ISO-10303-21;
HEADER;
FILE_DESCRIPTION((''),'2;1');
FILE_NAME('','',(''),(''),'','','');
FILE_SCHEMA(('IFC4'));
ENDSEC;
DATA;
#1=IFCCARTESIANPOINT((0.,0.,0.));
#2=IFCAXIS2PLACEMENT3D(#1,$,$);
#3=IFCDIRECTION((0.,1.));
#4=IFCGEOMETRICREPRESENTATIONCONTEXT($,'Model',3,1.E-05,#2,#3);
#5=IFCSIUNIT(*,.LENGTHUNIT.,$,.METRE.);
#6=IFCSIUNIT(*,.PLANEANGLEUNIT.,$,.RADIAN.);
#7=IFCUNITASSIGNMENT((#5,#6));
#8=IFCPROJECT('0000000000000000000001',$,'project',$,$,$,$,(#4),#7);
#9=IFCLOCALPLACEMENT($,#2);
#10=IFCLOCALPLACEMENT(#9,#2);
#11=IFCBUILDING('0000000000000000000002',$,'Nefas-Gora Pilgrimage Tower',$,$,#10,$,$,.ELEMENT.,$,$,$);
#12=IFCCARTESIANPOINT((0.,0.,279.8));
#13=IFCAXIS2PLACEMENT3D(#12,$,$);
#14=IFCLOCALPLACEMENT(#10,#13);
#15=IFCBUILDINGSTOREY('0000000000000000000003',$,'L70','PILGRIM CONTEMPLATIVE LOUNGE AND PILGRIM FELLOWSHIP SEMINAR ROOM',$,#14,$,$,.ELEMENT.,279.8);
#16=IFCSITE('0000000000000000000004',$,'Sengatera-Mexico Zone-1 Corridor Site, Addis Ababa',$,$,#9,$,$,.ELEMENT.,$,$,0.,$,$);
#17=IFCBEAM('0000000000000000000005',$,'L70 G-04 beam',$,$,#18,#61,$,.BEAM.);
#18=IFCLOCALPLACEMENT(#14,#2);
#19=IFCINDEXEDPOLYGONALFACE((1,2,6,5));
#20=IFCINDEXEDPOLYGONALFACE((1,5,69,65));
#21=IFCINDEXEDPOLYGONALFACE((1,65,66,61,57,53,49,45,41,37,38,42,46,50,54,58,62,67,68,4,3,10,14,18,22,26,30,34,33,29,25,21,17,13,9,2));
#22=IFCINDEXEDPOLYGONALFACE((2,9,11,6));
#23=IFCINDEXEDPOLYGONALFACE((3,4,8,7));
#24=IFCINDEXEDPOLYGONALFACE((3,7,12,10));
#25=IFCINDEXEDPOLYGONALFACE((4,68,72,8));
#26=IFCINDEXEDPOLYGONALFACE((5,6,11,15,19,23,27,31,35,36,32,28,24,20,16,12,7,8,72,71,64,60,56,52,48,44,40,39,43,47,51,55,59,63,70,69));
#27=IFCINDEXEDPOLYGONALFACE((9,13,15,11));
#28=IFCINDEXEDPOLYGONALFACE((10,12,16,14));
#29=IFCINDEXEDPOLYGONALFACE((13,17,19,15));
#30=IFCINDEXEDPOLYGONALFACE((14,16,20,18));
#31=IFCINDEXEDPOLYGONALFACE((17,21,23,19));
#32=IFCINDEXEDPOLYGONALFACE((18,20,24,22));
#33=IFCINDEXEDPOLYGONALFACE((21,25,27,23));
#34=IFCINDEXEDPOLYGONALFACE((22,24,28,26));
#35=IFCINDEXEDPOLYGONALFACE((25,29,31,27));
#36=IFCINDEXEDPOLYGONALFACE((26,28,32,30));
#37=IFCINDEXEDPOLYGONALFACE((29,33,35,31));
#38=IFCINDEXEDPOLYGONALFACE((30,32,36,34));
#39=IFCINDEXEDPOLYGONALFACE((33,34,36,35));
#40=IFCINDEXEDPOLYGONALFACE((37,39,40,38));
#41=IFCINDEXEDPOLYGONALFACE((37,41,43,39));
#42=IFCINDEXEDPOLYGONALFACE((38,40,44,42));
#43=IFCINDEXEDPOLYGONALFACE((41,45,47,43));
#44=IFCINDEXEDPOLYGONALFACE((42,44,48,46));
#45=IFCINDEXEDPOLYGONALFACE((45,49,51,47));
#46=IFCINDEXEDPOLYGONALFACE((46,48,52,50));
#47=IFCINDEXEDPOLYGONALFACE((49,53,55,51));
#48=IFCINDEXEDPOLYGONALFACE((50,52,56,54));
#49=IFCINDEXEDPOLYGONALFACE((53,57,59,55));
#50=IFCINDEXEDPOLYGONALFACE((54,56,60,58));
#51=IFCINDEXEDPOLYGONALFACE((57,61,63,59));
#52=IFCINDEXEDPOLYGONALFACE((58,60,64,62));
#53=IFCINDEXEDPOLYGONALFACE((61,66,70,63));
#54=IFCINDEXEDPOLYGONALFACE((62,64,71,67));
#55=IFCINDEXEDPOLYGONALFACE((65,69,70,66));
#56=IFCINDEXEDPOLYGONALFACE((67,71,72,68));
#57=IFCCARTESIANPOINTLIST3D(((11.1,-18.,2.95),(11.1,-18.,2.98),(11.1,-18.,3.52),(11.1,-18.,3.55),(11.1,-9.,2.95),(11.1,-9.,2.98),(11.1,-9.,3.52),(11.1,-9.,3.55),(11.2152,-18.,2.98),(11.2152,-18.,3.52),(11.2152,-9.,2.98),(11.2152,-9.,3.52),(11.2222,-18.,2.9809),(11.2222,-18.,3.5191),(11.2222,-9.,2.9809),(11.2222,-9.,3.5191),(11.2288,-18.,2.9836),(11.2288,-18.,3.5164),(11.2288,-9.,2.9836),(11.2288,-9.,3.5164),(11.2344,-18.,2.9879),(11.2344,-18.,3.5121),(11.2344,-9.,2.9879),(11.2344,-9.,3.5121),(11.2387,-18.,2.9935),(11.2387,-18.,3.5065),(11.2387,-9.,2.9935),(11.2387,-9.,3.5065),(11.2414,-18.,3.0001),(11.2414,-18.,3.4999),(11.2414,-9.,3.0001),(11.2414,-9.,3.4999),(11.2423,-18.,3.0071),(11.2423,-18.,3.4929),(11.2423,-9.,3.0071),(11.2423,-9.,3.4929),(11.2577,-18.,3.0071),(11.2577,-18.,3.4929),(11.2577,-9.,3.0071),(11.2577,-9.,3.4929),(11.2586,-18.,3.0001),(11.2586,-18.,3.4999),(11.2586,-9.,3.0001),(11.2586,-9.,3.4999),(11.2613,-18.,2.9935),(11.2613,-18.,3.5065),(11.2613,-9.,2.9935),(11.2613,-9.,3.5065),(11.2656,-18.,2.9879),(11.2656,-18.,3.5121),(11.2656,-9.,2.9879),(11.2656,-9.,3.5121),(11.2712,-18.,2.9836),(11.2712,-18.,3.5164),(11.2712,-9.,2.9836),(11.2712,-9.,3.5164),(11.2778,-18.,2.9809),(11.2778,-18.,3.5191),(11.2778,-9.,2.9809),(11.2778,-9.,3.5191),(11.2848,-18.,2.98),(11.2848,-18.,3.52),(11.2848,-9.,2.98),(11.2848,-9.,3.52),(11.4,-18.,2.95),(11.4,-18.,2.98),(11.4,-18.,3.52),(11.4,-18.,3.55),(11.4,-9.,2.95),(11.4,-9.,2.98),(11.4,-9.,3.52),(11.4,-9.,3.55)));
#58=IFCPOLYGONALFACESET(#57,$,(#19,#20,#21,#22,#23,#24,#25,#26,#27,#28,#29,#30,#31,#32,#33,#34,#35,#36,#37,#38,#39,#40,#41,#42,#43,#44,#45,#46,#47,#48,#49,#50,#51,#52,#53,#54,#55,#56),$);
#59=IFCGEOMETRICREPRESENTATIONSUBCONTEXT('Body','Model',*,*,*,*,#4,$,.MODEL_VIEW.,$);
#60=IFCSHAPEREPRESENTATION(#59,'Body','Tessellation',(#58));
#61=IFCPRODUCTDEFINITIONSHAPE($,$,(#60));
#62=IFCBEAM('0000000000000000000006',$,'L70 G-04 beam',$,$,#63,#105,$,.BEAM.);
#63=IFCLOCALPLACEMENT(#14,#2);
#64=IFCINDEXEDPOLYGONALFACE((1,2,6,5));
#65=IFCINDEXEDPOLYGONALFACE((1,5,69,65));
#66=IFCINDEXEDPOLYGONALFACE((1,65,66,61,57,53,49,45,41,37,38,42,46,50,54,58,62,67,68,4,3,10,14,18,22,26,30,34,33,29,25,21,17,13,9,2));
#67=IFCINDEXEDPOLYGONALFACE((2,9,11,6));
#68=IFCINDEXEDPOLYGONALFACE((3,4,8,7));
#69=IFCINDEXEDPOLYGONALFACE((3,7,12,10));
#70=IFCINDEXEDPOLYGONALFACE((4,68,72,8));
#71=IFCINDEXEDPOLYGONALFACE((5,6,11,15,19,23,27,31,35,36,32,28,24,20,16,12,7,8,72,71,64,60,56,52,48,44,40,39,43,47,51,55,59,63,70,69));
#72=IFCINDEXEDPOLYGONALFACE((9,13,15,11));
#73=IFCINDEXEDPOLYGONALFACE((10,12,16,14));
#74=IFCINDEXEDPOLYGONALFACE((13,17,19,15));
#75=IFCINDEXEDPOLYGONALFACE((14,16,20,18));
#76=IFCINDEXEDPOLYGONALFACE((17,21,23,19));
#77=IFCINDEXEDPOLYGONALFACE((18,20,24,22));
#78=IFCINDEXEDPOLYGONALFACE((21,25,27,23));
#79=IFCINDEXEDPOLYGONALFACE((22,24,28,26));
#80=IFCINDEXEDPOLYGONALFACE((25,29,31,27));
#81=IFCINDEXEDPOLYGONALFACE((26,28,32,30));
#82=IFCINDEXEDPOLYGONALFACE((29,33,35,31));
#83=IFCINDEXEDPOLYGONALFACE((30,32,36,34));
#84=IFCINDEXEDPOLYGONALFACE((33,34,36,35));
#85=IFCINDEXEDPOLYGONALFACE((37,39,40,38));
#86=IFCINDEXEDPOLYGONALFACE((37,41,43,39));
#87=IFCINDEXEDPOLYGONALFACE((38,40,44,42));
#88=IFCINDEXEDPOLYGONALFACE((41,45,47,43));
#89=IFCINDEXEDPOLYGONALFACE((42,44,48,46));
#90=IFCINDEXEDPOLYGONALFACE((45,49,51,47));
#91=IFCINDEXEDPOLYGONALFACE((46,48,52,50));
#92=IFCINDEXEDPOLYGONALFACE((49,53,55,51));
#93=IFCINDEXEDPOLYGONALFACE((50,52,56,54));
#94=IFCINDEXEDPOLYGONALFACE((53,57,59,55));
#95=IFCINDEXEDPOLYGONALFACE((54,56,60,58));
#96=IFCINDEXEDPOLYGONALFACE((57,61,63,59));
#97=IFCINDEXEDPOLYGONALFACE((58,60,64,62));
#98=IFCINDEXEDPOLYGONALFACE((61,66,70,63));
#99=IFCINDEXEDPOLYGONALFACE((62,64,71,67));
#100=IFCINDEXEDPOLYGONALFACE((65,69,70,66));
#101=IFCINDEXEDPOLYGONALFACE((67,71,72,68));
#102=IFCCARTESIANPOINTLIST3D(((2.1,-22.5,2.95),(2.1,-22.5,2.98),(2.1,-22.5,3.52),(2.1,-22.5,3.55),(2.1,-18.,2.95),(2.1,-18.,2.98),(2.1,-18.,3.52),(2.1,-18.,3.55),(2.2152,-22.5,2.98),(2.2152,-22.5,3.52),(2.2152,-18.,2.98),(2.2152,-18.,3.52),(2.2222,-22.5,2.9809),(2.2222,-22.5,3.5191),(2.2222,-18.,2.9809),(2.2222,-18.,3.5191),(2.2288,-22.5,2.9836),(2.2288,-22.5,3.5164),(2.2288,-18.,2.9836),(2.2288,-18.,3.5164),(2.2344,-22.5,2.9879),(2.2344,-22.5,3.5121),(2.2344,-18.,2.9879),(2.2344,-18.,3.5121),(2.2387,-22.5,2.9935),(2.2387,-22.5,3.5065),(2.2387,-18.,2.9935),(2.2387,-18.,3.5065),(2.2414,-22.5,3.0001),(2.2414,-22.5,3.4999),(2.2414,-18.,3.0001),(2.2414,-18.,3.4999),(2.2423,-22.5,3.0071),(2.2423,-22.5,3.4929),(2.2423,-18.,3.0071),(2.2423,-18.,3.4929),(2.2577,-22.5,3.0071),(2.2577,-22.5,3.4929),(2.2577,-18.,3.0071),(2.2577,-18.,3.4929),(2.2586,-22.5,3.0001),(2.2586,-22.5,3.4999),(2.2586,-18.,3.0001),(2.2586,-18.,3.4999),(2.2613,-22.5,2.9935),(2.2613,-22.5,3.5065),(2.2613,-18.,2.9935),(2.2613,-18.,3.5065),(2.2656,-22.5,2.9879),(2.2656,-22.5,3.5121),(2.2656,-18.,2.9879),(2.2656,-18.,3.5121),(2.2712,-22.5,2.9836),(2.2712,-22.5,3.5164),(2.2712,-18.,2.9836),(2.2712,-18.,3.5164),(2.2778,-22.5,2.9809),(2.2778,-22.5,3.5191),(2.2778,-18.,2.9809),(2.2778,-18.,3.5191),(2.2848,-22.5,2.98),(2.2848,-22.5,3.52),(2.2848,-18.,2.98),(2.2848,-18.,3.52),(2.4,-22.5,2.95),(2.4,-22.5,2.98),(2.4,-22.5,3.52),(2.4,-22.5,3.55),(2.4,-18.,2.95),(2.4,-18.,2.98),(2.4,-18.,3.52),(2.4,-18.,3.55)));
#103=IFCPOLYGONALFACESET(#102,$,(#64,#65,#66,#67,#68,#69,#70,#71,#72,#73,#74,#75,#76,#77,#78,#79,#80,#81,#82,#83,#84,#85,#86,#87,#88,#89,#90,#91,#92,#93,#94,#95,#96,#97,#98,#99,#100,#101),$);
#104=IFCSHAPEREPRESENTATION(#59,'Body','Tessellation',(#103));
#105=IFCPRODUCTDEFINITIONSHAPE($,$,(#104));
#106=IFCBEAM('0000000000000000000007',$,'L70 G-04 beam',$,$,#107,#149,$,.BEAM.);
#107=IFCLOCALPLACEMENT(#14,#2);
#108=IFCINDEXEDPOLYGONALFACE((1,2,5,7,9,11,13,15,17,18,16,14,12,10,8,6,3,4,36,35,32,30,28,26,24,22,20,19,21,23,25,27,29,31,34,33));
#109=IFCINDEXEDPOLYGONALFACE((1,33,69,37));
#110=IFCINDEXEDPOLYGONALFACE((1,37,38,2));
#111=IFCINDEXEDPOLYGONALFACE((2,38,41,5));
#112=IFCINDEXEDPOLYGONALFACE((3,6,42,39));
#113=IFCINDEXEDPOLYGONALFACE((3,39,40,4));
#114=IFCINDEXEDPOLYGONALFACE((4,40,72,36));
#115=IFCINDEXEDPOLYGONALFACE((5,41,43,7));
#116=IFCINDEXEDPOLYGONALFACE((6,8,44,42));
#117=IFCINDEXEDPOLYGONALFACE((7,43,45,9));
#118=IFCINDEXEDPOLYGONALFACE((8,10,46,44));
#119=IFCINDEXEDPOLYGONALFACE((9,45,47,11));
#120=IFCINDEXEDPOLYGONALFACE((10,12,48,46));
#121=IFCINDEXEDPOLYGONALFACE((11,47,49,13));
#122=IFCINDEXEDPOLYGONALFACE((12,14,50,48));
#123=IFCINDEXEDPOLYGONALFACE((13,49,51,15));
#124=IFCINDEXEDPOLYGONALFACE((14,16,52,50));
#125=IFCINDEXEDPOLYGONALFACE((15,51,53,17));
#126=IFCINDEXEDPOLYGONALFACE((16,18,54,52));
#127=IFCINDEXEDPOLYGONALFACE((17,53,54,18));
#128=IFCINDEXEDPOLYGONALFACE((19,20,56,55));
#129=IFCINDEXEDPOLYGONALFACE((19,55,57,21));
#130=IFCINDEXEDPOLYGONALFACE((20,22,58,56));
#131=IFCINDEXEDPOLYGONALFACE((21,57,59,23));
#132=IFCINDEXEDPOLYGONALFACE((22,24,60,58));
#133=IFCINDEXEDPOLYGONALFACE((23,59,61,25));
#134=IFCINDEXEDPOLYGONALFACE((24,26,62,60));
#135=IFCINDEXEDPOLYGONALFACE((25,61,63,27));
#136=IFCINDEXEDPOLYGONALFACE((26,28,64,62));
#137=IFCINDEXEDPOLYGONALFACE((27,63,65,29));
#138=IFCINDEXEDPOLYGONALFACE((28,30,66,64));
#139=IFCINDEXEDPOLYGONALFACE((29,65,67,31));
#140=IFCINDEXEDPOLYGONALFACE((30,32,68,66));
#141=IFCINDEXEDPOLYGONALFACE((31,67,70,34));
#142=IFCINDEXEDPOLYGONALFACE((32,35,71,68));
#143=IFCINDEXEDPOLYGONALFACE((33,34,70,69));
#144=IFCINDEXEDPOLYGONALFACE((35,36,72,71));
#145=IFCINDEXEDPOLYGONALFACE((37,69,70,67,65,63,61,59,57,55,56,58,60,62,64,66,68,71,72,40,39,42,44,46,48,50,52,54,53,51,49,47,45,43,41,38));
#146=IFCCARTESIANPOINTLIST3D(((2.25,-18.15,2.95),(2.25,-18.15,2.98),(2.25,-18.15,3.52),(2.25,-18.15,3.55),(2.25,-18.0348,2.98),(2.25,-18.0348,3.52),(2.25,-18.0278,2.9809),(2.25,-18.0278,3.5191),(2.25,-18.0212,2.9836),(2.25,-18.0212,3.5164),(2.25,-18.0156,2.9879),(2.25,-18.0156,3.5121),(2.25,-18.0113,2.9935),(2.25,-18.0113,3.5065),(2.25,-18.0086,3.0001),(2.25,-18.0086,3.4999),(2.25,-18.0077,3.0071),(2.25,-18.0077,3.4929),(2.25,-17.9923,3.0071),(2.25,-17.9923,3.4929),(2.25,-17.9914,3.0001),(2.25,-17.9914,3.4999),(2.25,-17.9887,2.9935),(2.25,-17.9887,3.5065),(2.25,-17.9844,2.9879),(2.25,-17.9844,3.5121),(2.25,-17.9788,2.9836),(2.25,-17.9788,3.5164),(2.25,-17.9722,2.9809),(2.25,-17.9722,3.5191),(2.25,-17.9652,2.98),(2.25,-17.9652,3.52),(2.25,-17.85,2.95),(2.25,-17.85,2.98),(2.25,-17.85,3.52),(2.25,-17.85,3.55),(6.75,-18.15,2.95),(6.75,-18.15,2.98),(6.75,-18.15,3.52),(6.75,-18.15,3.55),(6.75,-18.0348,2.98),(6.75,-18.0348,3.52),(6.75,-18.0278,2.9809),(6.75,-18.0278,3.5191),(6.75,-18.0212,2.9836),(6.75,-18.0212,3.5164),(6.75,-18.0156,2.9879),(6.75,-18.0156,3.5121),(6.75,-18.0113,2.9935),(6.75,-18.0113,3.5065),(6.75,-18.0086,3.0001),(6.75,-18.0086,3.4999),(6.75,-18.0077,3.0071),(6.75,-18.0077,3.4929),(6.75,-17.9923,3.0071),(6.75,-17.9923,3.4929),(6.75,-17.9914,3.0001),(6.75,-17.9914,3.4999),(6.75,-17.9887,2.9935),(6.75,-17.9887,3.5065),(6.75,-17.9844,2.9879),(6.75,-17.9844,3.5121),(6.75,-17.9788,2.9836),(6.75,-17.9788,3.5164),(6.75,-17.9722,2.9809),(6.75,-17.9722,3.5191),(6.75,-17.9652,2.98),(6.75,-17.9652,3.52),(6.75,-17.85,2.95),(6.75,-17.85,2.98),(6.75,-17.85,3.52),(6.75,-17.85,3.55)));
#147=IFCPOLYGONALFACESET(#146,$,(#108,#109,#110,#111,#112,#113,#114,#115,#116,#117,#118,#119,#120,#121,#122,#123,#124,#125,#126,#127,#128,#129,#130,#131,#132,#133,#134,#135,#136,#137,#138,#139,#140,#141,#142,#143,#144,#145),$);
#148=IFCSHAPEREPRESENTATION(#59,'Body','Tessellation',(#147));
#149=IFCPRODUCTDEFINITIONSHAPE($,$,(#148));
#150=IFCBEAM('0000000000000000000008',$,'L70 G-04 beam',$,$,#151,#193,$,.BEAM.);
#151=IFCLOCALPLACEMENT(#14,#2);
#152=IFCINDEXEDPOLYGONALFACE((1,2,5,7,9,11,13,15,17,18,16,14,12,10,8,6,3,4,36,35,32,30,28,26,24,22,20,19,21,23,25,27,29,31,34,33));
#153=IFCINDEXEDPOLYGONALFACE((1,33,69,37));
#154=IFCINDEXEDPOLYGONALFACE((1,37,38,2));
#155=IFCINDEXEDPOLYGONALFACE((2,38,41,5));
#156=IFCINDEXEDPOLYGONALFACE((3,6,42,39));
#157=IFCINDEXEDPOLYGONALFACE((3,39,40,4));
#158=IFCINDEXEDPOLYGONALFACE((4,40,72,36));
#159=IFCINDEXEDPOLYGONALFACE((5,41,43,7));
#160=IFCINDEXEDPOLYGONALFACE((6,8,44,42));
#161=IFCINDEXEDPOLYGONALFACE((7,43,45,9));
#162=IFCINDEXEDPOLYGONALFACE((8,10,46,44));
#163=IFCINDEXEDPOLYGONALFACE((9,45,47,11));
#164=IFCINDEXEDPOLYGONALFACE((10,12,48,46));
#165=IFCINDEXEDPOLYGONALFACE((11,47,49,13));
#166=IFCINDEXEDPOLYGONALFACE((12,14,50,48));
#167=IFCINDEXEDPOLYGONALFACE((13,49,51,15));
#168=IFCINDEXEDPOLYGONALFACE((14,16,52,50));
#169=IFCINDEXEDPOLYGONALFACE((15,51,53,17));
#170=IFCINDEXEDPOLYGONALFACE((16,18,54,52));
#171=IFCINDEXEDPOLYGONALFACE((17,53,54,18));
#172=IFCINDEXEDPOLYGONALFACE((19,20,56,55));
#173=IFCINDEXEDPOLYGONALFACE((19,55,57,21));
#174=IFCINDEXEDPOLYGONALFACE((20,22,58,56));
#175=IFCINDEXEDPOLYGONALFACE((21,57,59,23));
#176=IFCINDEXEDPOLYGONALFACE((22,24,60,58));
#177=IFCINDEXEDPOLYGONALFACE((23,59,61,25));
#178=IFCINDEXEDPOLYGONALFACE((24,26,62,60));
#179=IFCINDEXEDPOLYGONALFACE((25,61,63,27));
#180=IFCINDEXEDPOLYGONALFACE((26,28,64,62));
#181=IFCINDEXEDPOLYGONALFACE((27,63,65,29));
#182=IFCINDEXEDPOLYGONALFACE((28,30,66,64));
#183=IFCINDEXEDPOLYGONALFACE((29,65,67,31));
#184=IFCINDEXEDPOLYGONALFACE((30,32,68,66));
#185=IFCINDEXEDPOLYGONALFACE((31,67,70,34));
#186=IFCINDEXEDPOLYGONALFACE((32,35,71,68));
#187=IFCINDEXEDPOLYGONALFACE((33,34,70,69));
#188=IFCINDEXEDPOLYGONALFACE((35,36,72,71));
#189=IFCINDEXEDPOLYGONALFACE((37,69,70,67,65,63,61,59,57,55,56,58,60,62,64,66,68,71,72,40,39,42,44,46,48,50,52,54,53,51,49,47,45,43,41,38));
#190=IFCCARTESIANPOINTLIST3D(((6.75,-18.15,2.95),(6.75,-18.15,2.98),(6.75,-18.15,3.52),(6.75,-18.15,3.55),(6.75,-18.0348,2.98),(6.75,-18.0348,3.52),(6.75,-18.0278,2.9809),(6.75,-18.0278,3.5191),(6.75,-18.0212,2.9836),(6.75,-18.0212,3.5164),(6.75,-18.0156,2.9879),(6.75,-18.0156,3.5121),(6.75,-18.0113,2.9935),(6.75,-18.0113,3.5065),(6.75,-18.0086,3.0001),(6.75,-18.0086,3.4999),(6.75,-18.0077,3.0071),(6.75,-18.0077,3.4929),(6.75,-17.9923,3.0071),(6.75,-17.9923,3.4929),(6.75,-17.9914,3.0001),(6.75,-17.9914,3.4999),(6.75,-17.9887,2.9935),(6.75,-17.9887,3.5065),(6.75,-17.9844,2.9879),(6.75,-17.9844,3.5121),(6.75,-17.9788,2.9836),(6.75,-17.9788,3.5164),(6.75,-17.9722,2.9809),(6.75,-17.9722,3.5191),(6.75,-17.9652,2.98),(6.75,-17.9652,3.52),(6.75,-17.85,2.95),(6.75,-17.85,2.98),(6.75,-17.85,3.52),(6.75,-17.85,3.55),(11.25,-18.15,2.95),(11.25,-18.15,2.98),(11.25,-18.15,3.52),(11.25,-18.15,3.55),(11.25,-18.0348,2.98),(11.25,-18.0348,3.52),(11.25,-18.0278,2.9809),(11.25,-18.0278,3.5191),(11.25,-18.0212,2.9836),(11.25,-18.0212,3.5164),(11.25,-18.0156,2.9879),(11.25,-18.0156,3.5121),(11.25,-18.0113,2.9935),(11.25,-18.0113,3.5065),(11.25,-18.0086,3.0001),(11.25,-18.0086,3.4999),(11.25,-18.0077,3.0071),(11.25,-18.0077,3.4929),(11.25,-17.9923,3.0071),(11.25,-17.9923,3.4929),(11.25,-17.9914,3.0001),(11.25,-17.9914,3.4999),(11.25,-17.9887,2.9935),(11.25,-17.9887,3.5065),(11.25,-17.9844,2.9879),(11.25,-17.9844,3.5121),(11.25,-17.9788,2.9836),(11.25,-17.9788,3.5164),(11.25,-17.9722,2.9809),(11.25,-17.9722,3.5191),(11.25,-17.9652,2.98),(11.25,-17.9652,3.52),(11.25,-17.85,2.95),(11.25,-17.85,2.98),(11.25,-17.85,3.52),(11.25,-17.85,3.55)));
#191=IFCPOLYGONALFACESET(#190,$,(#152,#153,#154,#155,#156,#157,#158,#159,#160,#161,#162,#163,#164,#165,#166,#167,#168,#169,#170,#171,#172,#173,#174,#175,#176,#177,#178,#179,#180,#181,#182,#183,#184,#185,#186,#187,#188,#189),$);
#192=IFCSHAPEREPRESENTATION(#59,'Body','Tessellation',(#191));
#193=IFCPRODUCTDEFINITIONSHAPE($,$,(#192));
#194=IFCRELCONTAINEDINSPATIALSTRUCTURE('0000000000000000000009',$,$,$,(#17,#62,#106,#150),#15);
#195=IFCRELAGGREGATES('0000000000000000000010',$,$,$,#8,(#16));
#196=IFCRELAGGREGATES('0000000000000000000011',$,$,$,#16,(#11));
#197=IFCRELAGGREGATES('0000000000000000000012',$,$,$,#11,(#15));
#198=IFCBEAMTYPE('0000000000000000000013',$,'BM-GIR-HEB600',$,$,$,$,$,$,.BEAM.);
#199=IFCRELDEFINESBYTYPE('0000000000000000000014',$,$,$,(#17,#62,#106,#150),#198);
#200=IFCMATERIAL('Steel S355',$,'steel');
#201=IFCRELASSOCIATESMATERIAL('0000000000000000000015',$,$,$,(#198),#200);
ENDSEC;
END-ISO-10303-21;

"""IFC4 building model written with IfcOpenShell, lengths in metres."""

from ifc_helpers import new_model, si_unit, direction, frame, origin, origin_2d, place, context, subcontext, project, spatial, i_section, extrude, source, transform, mapped, material, material_profile, profile_set, type_object, element, save


model = new_model("IFC4")

# Units and contexts
model_context = context("Model", 3, precision=1e-05, world=origin(), true_north=direction((0.0, 1.0)))
body_context = subcontext(model_context, "Body", "Model", "MODEL_VIEW")
ifc_project = project(units=[si_unit("LENGTHUNIT", "METRE"), si_unit("PLANEANGLEUNIT", "RADIAN")], contexts=[model_context])

# Site, building, storey
site_placement = place(None, origin())
site = spatial("IfcSite", under=ifc_project, at=site_placement, Name="Sengatera-Mexico Zone-1 Corridor Site, Addis Ababa", CompositionType="ELEMENT", RefElevation=0.0)
building_placement = place(site_placement, origin())
building = spatial("IfcBuilding", under=site, at=building_placement, Name="Nefas-Gora Pilgrimage Tower", CompositionType="ELEMENT")
storey_placement = place(building_placement, frame((0.0, 0.0, 279.8)))
storey = spatial("IfcBuildingStorey", under=building, at=storey_placement, Name="L70", Description="PILGRIM CONTEMPLATIVE LOUNGE AND PILGRIM FELLOWSHIP SEMINAR ROOM", CompositionType="ELEMENT", Elevation=279.8)

# Shared definitions
ifc_material_1 = material(Name="Steel S355", Category="steel")

# Beams
ifc_material_profile_1 = material_profile(ifc_material_1, i_section(OverallWidth=0.3, OverallDepth=0.6001, WebThickness=0.0154, FlangeThickness=0.03, FilletRadius=0.0271, at=origin_2d()), Name="HEB 600")
ifc_profile_set_1 = profile_set([ifc_material_profile_1], Name="Steel S355")
beam_type_1 = type_object("IfcBeamType", Name="BM-GIR-HEB600", PredefinedType="BEAM", material=ifc_profile_set_1)
shared_shape_1 = source(origin(), body_context, "Body", "SweptSolid", [
    extrude(i_section(OverallWidth=0.3, OverallDepth=0.6001, WebThickness=0.0154, FlangeThickness=0.03, FilletRadius=0.0271, at=origin_2d()), origin(), (0.0, 0.0, 1.0), 9.0),
])
beam_1_placement = place(storey_placement, frame((11.25, -18.0, 3.25), z_axis=(0.0, 1.0, 0.0), x_axis=(-1.0, 0.0, 0.0)))
element("IfcBeam", 1, at=beam_1_placement, inside=storey, type_object=beam_type_1, Name="L70 G-04 beam", PredefinedType="BEAM", context=body_context, shape_type="MappedRepresentation", body=[
    mapped(shared_shape_1, transform((0.0, 0.0, 0.0), x_axis=(1.0, 0.0, 0.0), y_axis=(0.0, 1.0, 0.0), z_axis=(0.0, 0.0, 1.0), scale=1.0)),
])
shared_shape_2 = source(origin(), body_context, "Body", "SweptSolid", [
    extrude(i_section(OverallWidth=0.3, OverallDepth=0.6001, WebThickness=0.0154, FlangeThickness=0.03, FilletRadius=0.0271, at=origin_2d()), origin(), (0.0, 0.0, 1.0), 4.5),
])
for number, where, z_axis, x_axis, name in (
    (2, (2.25, -22.5, 3.25), (0.0, 1.0, 0.0), (-1.0, 0.0, 0.0), "L70 G-04 beam"),
    (3, (2.25, -18.0, 3.25), (1.0, 0.0, 0.0), (0.0, 1.0, 0.0), "L70 G-04 beam"),
    (4, (6.75, -18.0, 3.25), (1.0, 0.0, 0.0), (0.0, 1.0, 0.0), "L70 G-04 beam"),
):
    element("IfcBeam", number, at=place(storey_placement, frame(where, z_axis=z_axis, x_axis=x_axis)), inside=storey, type_object=beam_type_1, Name=name, PredefinedType="BEAM", context=body_context, shape_type="MappedRepresentation", body=[
        mapped(shared_shape_2, transform((0.0, 0.0, 0.0), x_axis=(1.0, 0.0, 0.0), y_axis=(0.0, 1.0, 0.0), z_axis=(0.0, 0.0, 1.0), scale=1.0)),
    ])

save(model, "model.ifc")
